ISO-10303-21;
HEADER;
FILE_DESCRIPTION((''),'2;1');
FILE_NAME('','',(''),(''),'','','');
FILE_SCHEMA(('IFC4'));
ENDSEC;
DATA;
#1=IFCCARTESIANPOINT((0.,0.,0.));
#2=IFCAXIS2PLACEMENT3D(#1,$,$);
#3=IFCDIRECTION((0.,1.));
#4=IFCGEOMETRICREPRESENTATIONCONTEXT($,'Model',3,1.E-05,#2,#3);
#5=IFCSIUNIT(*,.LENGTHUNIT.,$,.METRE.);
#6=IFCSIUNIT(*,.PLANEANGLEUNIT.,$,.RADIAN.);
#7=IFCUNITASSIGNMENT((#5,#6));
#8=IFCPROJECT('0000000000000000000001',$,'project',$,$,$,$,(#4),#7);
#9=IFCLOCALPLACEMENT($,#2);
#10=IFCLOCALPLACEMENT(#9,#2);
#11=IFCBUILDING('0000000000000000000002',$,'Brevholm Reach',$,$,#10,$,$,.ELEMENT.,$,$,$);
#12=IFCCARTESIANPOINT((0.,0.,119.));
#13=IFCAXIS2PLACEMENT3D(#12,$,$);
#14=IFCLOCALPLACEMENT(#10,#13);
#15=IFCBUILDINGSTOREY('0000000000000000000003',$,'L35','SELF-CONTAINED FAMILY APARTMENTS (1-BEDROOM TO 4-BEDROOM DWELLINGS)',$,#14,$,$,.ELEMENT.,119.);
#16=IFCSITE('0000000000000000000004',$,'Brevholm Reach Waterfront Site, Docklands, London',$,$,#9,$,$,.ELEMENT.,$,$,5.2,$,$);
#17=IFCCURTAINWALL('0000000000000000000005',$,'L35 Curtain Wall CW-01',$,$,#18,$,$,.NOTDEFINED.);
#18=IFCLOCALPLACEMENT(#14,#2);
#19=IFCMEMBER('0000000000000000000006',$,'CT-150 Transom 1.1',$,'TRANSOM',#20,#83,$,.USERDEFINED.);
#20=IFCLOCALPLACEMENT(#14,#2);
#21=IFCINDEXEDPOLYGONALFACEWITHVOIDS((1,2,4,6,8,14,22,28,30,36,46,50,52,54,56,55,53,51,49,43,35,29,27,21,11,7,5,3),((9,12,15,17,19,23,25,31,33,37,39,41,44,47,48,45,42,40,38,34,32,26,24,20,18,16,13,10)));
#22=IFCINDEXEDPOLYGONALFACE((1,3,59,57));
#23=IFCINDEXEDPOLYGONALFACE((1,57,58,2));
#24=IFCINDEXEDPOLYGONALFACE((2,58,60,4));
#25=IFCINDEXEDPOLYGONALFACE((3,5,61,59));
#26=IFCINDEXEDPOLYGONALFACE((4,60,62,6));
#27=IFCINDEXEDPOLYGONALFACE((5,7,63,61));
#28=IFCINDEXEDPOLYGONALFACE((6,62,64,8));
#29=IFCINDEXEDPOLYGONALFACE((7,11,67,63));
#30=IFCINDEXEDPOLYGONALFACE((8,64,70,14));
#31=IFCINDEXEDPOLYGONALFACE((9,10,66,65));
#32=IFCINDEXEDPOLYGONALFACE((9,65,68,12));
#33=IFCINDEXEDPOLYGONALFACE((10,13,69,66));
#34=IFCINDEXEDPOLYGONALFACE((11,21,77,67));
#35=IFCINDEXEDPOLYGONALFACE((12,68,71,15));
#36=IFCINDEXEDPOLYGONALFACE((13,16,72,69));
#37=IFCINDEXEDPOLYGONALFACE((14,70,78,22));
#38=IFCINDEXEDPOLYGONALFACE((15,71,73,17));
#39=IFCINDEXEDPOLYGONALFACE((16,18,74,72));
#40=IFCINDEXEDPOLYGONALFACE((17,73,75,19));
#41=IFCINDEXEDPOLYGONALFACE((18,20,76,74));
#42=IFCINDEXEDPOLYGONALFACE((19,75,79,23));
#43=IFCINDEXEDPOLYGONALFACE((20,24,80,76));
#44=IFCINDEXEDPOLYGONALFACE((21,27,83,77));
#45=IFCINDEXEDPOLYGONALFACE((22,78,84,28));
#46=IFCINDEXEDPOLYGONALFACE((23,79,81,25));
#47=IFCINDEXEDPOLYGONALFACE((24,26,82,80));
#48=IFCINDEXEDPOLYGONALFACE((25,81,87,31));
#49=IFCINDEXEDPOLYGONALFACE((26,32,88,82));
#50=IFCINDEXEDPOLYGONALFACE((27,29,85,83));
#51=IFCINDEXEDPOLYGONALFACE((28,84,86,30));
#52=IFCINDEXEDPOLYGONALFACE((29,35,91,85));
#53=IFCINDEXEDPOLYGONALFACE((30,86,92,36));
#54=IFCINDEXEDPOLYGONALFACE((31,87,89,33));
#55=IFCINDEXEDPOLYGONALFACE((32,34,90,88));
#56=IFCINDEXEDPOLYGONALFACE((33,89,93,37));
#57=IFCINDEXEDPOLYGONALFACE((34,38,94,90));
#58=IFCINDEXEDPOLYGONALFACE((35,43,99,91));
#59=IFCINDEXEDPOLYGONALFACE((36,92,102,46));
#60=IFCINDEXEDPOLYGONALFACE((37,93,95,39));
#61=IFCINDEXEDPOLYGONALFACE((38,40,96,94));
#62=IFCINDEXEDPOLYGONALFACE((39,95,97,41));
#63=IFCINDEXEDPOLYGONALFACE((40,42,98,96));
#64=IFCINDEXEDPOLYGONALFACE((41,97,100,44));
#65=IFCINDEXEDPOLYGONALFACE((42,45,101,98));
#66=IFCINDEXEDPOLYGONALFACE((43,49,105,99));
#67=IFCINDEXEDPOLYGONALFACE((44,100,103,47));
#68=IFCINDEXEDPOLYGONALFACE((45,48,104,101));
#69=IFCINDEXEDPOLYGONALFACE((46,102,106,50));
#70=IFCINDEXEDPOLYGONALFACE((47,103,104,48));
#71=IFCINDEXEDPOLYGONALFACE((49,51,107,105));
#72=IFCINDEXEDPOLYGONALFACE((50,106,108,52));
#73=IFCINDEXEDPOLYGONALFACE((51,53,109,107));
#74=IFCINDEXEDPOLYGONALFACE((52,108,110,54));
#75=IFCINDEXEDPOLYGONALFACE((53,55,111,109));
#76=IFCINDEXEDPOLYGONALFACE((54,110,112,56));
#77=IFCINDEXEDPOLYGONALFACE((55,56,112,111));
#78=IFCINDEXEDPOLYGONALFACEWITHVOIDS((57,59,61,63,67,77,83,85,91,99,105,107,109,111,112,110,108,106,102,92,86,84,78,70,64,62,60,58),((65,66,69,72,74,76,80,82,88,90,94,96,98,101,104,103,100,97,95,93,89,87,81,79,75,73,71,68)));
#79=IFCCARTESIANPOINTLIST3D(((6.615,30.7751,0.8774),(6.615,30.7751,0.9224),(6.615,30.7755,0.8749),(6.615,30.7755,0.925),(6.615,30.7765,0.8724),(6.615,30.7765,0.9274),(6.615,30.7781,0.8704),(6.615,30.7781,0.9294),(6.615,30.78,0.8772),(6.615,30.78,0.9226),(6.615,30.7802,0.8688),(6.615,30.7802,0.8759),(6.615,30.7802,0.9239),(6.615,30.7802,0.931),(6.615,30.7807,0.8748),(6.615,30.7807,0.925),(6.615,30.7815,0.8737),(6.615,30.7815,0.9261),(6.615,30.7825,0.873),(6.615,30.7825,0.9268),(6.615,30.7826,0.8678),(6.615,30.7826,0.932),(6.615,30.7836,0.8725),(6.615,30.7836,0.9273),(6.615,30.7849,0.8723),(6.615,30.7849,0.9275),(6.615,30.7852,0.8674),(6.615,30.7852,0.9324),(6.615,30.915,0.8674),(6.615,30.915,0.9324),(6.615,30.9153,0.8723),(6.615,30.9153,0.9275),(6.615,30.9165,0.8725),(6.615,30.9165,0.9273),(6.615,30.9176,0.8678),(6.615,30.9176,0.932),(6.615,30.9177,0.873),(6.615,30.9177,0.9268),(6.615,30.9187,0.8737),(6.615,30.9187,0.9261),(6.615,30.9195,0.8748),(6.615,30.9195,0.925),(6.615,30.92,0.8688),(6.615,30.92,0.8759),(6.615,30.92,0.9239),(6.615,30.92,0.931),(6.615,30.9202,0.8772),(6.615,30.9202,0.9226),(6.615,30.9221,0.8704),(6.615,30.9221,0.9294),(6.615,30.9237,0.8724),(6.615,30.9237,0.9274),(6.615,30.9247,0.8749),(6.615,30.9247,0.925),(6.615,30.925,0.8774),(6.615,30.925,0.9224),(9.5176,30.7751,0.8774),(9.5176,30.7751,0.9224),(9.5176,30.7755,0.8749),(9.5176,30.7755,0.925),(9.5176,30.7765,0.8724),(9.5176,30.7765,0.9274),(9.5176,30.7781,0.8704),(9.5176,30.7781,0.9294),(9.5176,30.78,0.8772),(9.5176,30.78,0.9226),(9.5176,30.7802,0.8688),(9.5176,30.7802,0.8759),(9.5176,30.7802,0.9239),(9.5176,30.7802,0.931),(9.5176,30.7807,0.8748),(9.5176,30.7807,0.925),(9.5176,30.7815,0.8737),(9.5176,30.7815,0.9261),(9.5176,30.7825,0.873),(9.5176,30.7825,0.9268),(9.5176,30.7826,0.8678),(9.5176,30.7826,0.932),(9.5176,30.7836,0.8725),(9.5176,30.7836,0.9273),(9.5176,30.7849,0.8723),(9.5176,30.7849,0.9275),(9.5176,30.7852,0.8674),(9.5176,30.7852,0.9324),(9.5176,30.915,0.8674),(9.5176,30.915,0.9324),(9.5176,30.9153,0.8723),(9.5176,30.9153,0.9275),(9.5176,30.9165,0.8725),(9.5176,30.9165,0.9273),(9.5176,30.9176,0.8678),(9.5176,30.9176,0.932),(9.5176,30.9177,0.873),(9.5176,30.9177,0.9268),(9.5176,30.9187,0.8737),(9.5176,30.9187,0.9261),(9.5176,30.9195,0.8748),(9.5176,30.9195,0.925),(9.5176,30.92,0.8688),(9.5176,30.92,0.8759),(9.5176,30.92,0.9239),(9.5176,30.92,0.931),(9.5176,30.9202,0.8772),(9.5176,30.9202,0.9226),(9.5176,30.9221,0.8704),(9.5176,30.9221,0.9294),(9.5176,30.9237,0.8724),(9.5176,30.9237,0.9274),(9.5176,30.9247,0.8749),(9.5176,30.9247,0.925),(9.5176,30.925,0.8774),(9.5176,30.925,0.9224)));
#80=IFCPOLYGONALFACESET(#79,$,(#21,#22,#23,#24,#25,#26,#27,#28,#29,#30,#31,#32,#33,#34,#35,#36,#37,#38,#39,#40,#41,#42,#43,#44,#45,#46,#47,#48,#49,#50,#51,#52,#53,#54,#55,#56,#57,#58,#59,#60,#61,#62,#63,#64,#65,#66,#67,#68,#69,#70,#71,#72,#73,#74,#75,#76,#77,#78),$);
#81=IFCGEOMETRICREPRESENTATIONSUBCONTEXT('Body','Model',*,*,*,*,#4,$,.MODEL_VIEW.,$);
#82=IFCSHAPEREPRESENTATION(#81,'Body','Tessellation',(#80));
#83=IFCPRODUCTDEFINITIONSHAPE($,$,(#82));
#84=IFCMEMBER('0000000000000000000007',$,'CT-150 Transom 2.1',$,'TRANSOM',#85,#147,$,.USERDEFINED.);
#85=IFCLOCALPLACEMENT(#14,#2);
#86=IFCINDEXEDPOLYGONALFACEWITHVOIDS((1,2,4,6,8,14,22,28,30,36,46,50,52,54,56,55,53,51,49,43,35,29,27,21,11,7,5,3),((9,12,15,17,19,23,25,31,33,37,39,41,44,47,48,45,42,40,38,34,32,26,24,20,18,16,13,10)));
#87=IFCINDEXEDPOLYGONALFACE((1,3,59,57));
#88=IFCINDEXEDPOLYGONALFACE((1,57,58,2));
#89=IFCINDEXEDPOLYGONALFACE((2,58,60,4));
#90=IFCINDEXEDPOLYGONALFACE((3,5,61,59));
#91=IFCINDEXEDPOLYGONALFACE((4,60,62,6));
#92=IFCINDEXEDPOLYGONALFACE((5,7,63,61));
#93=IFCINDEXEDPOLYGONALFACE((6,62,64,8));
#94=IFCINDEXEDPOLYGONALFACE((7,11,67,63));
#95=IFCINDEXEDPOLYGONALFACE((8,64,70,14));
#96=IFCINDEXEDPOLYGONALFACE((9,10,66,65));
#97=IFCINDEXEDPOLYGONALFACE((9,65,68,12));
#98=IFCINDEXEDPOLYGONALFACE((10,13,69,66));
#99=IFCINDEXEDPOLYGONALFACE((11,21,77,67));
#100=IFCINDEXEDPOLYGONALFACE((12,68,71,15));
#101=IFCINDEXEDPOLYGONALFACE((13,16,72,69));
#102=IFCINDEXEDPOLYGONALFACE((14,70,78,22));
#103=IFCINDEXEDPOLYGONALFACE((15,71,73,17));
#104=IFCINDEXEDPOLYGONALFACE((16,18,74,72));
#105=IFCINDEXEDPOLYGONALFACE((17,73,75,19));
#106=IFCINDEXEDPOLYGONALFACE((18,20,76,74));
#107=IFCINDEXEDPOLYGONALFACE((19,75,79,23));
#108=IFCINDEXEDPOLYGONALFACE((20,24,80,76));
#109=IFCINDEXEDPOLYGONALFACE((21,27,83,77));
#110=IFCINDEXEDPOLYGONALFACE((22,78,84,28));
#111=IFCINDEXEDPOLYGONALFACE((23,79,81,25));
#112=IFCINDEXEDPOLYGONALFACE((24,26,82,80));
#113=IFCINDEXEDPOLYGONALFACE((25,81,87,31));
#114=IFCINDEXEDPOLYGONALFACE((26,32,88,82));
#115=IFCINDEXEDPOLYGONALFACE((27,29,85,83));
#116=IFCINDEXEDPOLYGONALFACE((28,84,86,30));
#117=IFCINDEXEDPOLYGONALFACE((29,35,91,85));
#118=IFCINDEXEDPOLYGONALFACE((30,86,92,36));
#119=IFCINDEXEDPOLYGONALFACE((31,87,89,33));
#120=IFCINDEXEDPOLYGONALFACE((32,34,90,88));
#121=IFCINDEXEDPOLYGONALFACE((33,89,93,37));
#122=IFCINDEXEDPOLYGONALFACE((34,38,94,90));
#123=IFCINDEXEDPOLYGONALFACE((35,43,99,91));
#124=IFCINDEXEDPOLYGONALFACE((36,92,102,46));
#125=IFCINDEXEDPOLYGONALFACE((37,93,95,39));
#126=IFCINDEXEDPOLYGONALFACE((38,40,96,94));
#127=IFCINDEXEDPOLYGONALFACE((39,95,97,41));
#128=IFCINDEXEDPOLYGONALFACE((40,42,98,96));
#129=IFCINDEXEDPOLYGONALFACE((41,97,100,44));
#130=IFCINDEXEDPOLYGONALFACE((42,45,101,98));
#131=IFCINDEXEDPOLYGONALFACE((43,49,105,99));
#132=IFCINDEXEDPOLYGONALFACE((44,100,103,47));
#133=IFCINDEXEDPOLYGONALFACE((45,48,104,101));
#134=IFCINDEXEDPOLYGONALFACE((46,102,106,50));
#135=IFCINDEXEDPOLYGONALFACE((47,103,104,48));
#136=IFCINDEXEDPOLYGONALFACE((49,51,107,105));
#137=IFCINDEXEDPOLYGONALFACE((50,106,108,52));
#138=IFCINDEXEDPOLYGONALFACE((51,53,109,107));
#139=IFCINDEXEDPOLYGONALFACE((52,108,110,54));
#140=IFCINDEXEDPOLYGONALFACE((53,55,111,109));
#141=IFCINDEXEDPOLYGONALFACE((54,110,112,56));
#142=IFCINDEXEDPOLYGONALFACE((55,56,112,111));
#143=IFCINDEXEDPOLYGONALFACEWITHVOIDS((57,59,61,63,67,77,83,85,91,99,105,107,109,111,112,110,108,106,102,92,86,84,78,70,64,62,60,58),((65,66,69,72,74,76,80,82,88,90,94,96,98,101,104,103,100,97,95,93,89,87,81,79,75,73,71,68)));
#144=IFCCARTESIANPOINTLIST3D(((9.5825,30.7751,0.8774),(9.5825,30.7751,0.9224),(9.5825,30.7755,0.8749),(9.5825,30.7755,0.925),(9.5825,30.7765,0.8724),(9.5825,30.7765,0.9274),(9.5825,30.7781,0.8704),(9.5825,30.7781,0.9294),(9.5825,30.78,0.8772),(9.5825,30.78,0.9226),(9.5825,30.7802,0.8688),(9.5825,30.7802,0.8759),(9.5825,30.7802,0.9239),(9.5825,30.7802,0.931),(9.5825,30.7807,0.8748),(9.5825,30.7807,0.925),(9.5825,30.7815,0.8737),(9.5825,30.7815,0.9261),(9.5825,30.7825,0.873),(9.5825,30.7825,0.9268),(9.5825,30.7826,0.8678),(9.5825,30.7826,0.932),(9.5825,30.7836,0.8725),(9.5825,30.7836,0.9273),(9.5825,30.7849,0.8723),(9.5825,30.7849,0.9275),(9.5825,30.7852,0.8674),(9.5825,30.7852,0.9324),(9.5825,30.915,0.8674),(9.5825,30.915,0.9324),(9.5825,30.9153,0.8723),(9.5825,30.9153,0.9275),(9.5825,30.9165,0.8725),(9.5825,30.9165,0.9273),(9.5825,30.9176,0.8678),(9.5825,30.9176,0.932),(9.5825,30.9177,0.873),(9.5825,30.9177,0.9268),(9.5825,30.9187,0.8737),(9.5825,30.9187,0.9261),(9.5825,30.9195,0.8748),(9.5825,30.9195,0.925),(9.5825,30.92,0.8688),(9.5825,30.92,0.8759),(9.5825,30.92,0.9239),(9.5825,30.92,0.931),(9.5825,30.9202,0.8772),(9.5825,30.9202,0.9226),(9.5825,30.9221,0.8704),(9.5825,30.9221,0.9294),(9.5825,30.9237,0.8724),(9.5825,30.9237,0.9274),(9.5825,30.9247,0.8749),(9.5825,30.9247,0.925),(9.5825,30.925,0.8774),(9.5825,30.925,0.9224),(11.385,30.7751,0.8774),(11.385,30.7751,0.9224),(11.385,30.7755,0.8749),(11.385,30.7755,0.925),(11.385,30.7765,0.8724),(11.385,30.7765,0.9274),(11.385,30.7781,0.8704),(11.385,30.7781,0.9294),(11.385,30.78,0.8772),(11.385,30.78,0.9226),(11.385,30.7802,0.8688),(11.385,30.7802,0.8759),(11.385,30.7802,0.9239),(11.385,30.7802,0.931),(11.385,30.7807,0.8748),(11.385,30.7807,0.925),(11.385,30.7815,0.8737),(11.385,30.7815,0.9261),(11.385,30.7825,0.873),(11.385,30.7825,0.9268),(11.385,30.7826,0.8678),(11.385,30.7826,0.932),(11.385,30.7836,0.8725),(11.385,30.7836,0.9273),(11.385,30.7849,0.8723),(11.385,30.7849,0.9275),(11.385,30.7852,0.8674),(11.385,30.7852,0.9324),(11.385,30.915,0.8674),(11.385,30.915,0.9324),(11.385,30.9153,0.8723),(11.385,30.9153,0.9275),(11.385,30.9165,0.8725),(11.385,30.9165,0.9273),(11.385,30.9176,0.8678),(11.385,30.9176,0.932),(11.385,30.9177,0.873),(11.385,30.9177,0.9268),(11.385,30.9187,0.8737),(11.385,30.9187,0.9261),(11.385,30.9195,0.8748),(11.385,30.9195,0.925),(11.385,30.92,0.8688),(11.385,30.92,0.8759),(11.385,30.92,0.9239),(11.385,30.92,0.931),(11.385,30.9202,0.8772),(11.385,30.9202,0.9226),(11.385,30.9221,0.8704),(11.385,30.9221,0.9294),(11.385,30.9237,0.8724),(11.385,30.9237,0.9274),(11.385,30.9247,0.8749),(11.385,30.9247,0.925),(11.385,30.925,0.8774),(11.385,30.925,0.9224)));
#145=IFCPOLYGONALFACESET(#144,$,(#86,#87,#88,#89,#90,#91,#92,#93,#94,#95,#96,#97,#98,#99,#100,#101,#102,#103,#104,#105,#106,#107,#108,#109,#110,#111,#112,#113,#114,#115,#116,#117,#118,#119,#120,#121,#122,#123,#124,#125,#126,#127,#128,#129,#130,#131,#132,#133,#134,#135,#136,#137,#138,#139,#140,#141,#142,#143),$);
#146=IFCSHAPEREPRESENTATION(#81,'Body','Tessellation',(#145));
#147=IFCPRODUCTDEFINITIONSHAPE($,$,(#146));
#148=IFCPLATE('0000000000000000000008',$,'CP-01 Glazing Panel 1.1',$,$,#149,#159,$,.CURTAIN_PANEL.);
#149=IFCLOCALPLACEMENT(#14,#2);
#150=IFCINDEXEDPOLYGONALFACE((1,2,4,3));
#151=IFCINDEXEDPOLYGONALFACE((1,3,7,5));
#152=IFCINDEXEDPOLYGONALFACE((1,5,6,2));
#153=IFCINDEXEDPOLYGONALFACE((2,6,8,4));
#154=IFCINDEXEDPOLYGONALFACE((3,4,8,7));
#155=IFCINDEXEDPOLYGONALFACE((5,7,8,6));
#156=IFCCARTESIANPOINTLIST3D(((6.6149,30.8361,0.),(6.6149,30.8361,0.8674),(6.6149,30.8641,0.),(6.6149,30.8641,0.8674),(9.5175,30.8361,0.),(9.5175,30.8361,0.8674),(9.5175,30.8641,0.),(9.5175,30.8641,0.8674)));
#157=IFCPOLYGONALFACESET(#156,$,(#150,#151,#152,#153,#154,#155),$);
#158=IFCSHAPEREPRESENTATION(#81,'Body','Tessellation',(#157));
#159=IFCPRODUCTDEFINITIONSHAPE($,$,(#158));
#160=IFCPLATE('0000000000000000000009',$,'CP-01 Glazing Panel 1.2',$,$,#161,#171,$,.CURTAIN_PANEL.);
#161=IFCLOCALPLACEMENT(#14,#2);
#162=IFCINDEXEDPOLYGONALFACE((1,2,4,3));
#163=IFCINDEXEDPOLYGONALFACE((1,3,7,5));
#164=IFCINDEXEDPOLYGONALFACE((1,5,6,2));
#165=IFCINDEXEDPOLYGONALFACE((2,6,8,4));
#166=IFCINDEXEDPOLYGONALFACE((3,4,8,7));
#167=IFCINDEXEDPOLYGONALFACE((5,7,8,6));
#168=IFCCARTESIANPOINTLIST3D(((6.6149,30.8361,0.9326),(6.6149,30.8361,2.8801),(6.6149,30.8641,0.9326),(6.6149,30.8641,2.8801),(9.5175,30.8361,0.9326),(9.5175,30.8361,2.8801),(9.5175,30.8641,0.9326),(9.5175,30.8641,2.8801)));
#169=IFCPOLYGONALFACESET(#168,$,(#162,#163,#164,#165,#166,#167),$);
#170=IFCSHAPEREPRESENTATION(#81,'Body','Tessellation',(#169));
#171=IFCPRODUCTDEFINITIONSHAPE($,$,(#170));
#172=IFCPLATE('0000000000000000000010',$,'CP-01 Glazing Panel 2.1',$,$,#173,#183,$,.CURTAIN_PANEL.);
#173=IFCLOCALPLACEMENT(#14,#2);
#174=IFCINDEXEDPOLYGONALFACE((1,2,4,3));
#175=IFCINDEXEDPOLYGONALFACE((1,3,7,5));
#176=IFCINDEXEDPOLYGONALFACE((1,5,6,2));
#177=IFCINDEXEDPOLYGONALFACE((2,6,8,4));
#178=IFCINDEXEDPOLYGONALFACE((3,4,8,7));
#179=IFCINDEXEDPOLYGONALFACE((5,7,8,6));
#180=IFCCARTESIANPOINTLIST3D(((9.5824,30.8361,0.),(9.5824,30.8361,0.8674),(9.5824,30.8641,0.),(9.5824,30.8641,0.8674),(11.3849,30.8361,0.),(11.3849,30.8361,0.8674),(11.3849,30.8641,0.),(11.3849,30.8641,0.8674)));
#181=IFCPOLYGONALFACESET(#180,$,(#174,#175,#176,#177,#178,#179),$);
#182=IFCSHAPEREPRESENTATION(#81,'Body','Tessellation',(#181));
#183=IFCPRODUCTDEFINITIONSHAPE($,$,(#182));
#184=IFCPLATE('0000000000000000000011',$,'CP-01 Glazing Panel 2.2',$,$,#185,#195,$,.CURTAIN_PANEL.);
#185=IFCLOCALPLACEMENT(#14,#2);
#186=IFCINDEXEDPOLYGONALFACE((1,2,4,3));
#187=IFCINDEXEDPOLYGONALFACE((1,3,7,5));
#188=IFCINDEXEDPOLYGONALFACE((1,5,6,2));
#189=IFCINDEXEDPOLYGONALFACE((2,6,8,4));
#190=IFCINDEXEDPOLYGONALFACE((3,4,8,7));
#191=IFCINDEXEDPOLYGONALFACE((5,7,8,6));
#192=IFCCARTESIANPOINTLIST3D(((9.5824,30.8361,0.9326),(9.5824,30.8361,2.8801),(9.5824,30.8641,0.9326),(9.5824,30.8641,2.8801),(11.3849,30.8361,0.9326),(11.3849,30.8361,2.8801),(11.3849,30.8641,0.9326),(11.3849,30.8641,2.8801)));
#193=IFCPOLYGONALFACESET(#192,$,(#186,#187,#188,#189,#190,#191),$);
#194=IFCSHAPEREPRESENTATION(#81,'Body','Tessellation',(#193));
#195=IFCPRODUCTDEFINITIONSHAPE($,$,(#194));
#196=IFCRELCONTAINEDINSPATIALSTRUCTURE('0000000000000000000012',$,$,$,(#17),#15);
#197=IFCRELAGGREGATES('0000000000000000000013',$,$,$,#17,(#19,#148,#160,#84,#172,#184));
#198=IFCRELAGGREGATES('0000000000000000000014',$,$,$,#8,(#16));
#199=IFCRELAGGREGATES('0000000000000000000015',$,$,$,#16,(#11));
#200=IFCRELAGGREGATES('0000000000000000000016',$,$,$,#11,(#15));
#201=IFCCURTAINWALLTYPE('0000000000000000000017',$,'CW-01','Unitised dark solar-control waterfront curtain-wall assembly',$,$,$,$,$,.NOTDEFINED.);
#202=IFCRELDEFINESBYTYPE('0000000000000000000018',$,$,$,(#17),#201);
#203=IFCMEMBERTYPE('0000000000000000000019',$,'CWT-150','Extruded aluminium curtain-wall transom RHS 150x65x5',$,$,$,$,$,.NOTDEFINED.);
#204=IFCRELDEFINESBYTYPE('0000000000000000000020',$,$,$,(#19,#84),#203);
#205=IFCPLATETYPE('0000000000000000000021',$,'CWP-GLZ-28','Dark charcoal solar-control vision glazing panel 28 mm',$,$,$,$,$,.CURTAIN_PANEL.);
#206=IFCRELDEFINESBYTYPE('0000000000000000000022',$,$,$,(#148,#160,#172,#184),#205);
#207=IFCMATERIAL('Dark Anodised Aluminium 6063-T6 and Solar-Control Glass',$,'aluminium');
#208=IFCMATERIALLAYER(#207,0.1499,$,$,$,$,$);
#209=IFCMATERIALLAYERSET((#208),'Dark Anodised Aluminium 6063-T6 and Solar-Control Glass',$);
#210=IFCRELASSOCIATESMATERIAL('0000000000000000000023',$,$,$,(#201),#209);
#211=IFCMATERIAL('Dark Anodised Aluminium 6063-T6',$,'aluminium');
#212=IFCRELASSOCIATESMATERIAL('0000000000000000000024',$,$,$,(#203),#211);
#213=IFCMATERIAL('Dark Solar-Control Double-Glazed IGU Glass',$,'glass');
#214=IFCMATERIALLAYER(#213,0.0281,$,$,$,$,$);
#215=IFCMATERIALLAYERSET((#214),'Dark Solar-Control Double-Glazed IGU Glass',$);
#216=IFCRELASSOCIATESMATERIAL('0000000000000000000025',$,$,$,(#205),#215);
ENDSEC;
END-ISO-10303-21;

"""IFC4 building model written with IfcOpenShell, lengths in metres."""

from ifc_helpers import new_model, si_unit, direction, frame, origin, origin_2d, place, context, subcontext, project, spatial, rectangle, hollow_rectangle, extrude, material, layer, layer_set, material_profile, profile_set, type_object, element, aggregate, save


model = new_model("IFC4")

# Units and contexts
model_context = context("Model", 3, precision=1e-05, world=origin(), true_north=direction((0.0, 1.0)))
body_context = subcontext(model_context, "Body", "Model", "MODEL_VIEW")
ifc_project = project(units=[si_unit("LENGTHUNIT", "METRE"), si_unit("PLANEANGLEUNIT", "RADIAN")], contexts=[model_context])

# Site, building, storey
site_placement = place(None, origin())
site = spatial("IfcSite", under=ifc_project, at=site_placement, Name="Brevholm Reach Waterfront Site, Docklands, London", CompositionType="ELEMENT", RefElevation=5.2)
building_placement = place(site_placement, origin())
building = spatial("IfcBuilding", under=site, at=building_placement, Name="Brevholm Reach", CompositionType="ELEMENT")
storey_placement = place(building_placement, frame((0.0, 0.0, 119.0)))
storey = spatial("IfcBuildingStorey", under=building, at=storey_placement, Name="L35", Description="SELF-CONTAINED FAMILY APARTMENTS (1-BEDROOM TO 4-BEDROOM DWELLINGS)", CompositionType="ELEMENT", Elevation=119.0)

# Curtain wall, members, plates
ifc_material_1 = material(Name="Dark Anodised Aluminium 6063-T6 and Solar-Control Glass", Category="aluminium")
ifc_layer_1 = layer(ifc_material_1, 0.1499)
ifc_layer_set_1 = layer_set([ifc_layer_1], Name="Dark Anodised Aluminium 6063-T6 and Solar-Control Glass")
curtain_wall_type = type_object("IfcCurtainWallType", Name="CW-01", Description="Unitised dark solar-control waterfront curtain-wall assembly", PredefinedType="NOTDEFINED", material=ifc_layer_set_1)
curtain_wall_placement = place(storey_placement, origin())
curtain_wall = element("IfcCurtainWall", 1, at=curtain_wall_placement, inside=storey, type_object=curtain_wall_type, Name="L35 Curtain Wall CW-01", PredefinedType="NOTDEFINED")
ifc_material_2 = material(Name="Dark Anodised Aluminium 6063-T6", Category="aluminium")
ifc_material_profile_1 = material_profile(ifc_material_2, hollow_rectangle(XDim=0.0649, YDim=0.1499, WallThickness=0.0049, InnerFilletRadius=0.0049, OuterFilletRadius=0.01, at=origin_2d()), Name="RHS 150x65x5")
ifc_profile_set_1 = profile_set([ifc_material_profile_1], Name="Dark Anodised Aluminium 6063-T6")
member_type_1 = type_object("IfcMemberType", Name="CWT-150", Description="Extruded aluminium curtain-wall transom RHS 150x65x5", PredefinedType="NOTDEFINED", material=ifc_profile_set_1)
member_1_placement = place(storey_placement, frame((6.615, 30.8501, 0.8999), z_axis=(1.0, 0.0, 0.0), x_axis=(0.0, 0.0, 1.0)))
member_1 = element("IfcMember", 2, at=member_1_placement, type_object=member_type_1, Name="CT-150 Transom 1.1", ObjectType="TRANSOM", PredefinedType="USERDEFINED", context=body_context, shape_type="SweptSolid", body=[
    extrude(hollow_rectangle(XDim=0.0649, YDim=0.1499, WallThickness=0.0049, InnerFilletRadius=0.0049, OuterFilletRadius=0.01, at=origin_2d()), origin(), (0.0, 0.0, 1.0), 2.9026),
])
member_2_placement = place(storey_placement, frame((9.5825, 30.8501, 0.8999), z_axis=(1.0, 0.0, 0.0), x_axis=(0.0, 0.0, 1.0)))
member_2 = element("IfcMember", 3, at=member_2_placement, type_object=member_type_1, Name="CT-150 Transom 2.1", ObjectType="TRANSOM", PredefinedType="USERDEFINED", context=body_context, shape_type="SweptSolid", body=[
    extrude(hollow_rectangle(XDim=0.0649, YDim=0.1499, WallThickness=0.0049, InnerFilletRadius=0.0049, OuterFilletRadius=0.01, at=origin_2d()), origin(), (0.0, 0.0, 1.0), 1.8025),
])
ifc_material_3 = material(Name="Dark Solar-Control Double-Glazed IGU Glass", Category="glass")
ifc_layer_2 = layer(ifc_material_3, 0.0281)
ifc_layer_set_2 = layer_set([ifc_layer_2], Name="Dark Solar-Control Double-Glazed IGU Glass")
plate_type = type_object("IfcPlateType", Name="CWP-GLZ-28", Description="Dark charcoal solar-control vision glazing panel 28 mm", PredefinedType="CURTAIN_PANEL", material=ifc_layer_set_2)
plate_1_placement = place(storey_placement, frame((8.0662, 30.8501, 0.0), z_axis=(0.0, 0.0, 1.0), x_axis=(1.0, 0.0, 0.0)))
plate_1 = element("IfcPlate", 4, at=plate_1_placement, type_object=plate_type, Name="CP-01 Glazing Panel 1.1", PredefinedType="CURTAIN_PANEL", context=body_context, shape_type="SweptSolid", body=[
    extrude(rectangle(XDim=2.9026, YDim=0.0281, at=origin_2d()), origin(), (0.0, 0.0, 1.0), 0.8674),
])
plate_2_placement = place(storey_placement, frame((8.0662, 30.8501, 0.9326), z_axis=(0.0, 0.0, 1.0), x_axis=(1.0, 0.0, 0.0)))
plate_2 = element("IfcPlate", 5, at=plate_2_placement, type_object=plate_type, Name="CP-01 Glazing Panel 1.2", PredefinedType="CURTAIN_PANEL", context=body_context, shape_type="SweptSolid", body=[
    extrude(rectangle(XDim=2.9026, YDim=0.0281, at=origin_2d()), origin(), (0.0, 0.0, 1.0), 1.9475),
])
plate_3_placement = place(storey_placement, frame((10.4836, 30.8501, 0.0), z_axis=(0.0, 0.0, 1.0), x_axis=(1.0, 0.0, 0.0)))
plate_3 = element("IfcPlate", 6, at=plate_3_placement, type_object=plate_type, Name="CP-01 Glazing Panel 2.1", PredefinedType="CURTAIN_PANEL", context=body_context, shape_type="SweptSolid", body=[
    extrude(rectangle(XDim=1.8025, YDim=0.0281, at=origin_2d()), origin(), (0.0, 0.0, 1.0), 0.8674),
])
plate_4_placement = place(storey_placement, frame((10.4836, 30.8501, 0.9326), z_axis=(0.0, 0.0, 1.0), x_axis=(1.0, 0.0, 0.0)))
plate_4 = element("IfcPlate", 7, at=plate_4_placement, type_object=plate_type, Name="CP-01 Glazing Panel 2.2", PredefinedType="CURTAIN_PANEL", context=body_context, shape_type="SweptSolid", body=[
    extrude(rectangle(XDim=1.8025, YDim=0.0281, at=origin_2d()), origin(), (0.0, 0.0, 1.0), 1.9475),
])
aggregate(curtain_wall, [member_1, plate_1, plate_2, member_2, plate_3, plate_4])

save(model, "model.ifc")
